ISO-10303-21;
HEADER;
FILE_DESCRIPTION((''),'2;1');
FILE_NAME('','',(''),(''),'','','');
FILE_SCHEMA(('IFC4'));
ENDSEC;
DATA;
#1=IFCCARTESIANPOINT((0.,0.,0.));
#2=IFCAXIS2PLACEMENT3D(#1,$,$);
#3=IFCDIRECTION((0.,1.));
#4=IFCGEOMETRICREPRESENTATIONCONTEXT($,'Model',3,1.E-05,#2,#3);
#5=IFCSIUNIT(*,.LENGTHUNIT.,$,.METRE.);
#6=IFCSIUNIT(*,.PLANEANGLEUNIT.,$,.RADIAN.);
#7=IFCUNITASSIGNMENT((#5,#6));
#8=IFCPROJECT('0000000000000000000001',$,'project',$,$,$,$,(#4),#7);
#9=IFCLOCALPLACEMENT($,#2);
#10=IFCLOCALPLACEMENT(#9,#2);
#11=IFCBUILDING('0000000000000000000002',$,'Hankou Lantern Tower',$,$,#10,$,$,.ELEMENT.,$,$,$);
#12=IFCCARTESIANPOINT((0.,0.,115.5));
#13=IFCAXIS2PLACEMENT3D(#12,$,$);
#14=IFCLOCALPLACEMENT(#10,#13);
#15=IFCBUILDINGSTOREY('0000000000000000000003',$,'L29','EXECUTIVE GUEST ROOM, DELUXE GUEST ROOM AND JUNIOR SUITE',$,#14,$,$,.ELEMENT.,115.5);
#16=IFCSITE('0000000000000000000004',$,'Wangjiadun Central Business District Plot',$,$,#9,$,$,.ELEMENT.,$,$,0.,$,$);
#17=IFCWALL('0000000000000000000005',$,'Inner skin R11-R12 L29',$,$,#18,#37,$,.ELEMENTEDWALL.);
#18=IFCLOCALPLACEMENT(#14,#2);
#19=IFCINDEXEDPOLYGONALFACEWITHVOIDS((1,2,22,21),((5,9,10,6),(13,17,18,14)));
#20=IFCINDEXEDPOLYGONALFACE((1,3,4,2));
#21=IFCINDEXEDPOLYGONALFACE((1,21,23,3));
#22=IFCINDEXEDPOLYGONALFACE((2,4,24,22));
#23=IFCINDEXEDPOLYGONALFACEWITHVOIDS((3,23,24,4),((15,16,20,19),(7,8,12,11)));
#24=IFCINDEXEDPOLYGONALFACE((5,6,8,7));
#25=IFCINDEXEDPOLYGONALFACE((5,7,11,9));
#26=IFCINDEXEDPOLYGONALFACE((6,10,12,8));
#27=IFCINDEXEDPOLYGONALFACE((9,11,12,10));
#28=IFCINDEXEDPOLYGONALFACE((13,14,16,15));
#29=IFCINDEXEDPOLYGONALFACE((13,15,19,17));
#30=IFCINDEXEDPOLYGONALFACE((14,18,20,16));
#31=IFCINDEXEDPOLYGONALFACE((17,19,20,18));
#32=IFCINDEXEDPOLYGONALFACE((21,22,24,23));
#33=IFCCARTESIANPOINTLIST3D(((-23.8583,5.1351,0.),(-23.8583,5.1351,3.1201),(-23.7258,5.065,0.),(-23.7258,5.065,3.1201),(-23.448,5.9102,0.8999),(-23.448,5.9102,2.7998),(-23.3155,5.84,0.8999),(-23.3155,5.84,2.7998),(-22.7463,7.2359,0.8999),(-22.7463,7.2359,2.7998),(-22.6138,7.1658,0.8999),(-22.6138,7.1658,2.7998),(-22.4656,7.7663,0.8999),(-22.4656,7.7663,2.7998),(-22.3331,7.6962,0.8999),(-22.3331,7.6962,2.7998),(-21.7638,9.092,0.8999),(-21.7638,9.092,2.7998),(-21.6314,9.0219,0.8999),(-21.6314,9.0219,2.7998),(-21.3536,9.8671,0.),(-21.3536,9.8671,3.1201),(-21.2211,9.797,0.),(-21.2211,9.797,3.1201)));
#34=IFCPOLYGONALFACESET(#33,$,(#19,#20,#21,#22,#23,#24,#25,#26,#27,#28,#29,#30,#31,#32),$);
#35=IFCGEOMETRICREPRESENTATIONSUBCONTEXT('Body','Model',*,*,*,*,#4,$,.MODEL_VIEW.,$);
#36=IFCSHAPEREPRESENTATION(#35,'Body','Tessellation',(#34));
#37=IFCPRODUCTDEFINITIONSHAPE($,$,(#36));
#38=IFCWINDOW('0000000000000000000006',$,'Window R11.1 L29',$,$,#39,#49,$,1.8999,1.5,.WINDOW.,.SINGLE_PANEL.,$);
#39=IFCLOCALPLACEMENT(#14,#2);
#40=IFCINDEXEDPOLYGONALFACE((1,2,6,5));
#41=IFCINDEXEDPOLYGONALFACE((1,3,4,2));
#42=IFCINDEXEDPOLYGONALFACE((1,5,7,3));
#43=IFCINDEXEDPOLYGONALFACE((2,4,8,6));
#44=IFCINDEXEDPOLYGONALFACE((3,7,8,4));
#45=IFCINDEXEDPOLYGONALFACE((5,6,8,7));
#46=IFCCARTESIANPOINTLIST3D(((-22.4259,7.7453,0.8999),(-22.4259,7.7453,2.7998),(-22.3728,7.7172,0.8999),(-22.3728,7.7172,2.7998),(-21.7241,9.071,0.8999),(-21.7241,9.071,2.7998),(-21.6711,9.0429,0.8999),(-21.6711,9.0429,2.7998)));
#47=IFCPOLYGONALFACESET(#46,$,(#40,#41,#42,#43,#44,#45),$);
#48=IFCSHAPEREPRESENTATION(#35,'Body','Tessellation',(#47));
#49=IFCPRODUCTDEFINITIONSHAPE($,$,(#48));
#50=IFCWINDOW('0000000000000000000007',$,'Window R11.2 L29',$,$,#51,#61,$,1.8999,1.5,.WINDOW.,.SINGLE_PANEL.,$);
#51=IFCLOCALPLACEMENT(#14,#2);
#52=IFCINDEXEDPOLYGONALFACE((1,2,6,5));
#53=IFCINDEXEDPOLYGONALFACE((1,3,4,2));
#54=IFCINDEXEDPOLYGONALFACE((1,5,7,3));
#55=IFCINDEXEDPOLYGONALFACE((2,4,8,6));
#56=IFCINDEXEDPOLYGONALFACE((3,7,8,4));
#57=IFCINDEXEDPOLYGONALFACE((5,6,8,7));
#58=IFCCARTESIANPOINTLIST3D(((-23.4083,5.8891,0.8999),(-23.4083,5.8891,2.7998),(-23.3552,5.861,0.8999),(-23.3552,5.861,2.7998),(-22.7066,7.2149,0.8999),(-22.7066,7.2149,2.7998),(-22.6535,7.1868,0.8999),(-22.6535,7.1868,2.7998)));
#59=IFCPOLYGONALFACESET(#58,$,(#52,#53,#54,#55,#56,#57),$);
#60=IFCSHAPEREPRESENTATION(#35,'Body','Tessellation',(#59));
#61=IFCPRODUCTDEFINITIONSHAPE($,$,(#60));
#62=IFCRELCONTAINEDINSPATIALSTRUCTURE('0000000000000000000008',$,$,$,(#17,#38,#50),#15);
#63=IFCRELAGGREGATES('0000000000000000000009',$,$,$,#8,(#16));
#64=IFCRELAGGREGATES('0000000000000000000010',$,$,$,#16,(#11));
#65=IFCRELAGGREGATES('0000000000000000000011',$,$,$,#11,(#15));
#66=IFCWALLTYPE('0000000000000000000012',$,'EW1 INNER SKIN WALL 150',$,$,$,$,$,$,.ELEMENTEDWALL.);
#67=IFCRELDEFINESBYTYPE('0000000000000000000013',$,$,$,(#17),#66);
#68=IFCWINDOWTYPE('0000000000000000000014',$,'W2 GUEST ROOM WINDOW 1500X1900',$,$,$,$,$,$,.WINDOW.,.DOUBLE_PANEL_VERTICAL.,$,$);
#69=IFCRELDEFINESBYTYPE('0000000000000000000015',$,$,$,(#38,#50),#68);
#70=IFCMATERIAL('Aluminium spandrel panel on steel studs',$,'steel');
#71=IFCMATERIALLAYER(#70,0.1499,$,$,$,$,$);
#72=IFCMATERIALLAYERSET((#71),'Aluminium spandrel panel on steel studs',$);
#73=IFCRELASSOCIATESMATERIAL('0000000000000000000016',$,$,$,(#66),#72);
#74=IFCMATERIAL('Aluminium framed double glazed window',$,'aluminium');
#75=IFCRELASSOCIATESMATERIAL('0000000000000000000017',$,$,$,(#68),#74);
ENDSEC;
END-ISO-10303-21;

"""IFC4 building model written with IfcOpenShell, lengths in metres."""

from ifc_helpers import new_model, si_unit, direction, frame, frame_2d, origin, place, context, subcontext, project, spatial, rectangle, extrude, material, layer, layer_set, type_object, element, fill, save


model = new_model("IFC4")

# Units and contexts
model_context = context("Model", 3, precision=1e-05, world=origin(), true_north=direction((0.0, 1.0)))
body_context = subcontext(model_context, "Body", "Model", "MODEL_VIEW")
ifc_project = project(units=[si_unit("LENGTHUNIT", "METRE"), si_unit("PLANEANGLEUNIT", "RADIAN")], contexts=[model_context])

# Site, building, storey
site_placement = place(None, origin())
site = spatial("IfcSite", under=ifc_project, at=site_placement, Name="Wangjiadun Central Business District Plot", CompositionType="ELEMENT", RefElevation=0.0)
building_placement = place(site_placement, origin())
building = spatial("IfcBuilding", under=site, at=building_placement, Name="Hankou Lantern Tower", CompositionType="ELEMENT")
storey_placement = place(building_placement, frame((0.0, 0.0, 115.5)))
storey = spatial("IfcBuildingStorey", under=building, at=storey_placement, Name="L29", Description="EXECUTIVE GUEST ROOM, DELUXE GUEST ROOM AND JUNIOR SUITE", CompositionType="ELEMENT", Elevation=115.5)

# Wall, openings, windows
ifc_material_1 = material(Name="Aluminium spandrel panel on steel studs", Category="steel")
ifc_layer_1 = layer(ifc_material_1, 0.1499)
ifc_layer_set_1 = layer_set([ifc_layer_1], Name="Aluminium spandrel panel on steel studs")
wall_type = type_object("IfcWallType", Name="EW1 INNER SKIN WALL 150", PredefinedType="ELEMENTEDWALL", material=ifc_layer_set_1)
ifc_material_2 = material(Name="Aluminium framed double glazed window", Category="aluminium")
window_type = type_object("IfcWindowType", Name="W2 GUEST ROOM WINDOW 1500X1900", PartitioningType="DOUBLE_PANEL_VERTICAL", PredefinedType="WINDOW", material=ifc_material_2)
wall_1_placement = place(storey_placement, frame((-21.2874, 9.832, 0.0), z_axis=(0.0, 0.0, 1.0), x_axis=(-0.467814, -0.883827, 0.0)))
wall_1 = element("IfcWall", 1, at=wall_1_placement, inside=storey, type_object=wall_type, Name="Inner skin R11-R12 L29", PredefinedType="ELEMENTEDWALL", context=body_context, shape_type="SweptSolid", body=[
    extrude(rectangle(XDim=5.354, YDim=0.1499, at=frame_2d((2.677, 0.0))), origin(), (0.0, 0.0, 1.0), 3.1201),
])
opening_1_placement = place(wall_1_placement, frame((0.877, 0.0, 0.8999)))
opening_1 = element("IfcOpeningElement", 2, at=opening_1_placement, cuts=wall_1, PredefinedType="OPENING", context=body_context, shape_type="SweptSolid", body=[
    extrude(rectangle(XDim=1.5, YDim=1.8999, at=frame_2d((0.75, 0.95))), frame((0.0, 0.085, 0.0), z_axis=(0.0, -1.0, 0.0), x_axis=(1.0, 0.0, 0.0)), (0.0, 0.0, 1.0), 0.1699),
])
opening_2_placement = place(wall_1_placement, frame((2.9771, 0.0, 0.8999)))
opening_2 = element("IfcOpeningElement", 3, at=opening_2_placement, cuts=wall_1, PredefinedType="OPENING", context=body_context, shape_type="SweptSolid", body=[
    extrude(rectangle(XDim=1.5, YDim=1.8999, at=frame_2d((0.75, 0.95))), frame((0.0, 0.085, 0.0), z_axis=(0.0, -1.0, 0.0), x_axis=(1.0, 0.0, 0.0)), (0.0, 0.0, 1.0), 0.1699),
])
window_1_placement = place(opening_1_placement, origin())
window_1 = element("IfcWindow", 4, at=window_1_placement, inside=storey, type_object=window_type, Name="Window R11.1 L29", OverallHeight=1.8999, OverallWidth=1.5, PartitioningType="SINGLE_PANEL", PredefinedType="WINDOW", context=body_context, shape_type="SweptSolid", body=[
    extrude(rectangle(XDim=1.5, YDim=1.8999, at=frame_2d((0.75, 0.95))), frame((0.0, 0.03, 0.0), z_axis=(0.0, -1.0, 0.0), x_axis=(1.0, 0.0, 0.0)), (0.0, 0.0, 1.0), 0.0601),
])
fill(opening_1, window_1)
window_2_placement = place(opening_2_placement, origin())
window_2 = element("IfcWindow", 5, at=window_2_placement, inside=storey, type_object=window_type, Name="Window R11.2 L29", OverallHeight=1.8999, OverallWidth=1.5, PartitioningType="SINGLE_PANEL", PredefinedType="WINDOW", context=body_context, shape_type="SweptSolid", body=[
    extrude(rectangle(XDim=1.5, YDim=1.8999, at=frame_2d((0.75, 0.95))), frame((0.0, 0.03, 0.0), z_axis=(0.0, -1.0, 0.0), x_axis=(1.0, 0.0, 0.0)), (0.0, 0.0, 1.0), 0.0601),
])
fill(opening_2, window_2)

save(model, "model.ifc")
